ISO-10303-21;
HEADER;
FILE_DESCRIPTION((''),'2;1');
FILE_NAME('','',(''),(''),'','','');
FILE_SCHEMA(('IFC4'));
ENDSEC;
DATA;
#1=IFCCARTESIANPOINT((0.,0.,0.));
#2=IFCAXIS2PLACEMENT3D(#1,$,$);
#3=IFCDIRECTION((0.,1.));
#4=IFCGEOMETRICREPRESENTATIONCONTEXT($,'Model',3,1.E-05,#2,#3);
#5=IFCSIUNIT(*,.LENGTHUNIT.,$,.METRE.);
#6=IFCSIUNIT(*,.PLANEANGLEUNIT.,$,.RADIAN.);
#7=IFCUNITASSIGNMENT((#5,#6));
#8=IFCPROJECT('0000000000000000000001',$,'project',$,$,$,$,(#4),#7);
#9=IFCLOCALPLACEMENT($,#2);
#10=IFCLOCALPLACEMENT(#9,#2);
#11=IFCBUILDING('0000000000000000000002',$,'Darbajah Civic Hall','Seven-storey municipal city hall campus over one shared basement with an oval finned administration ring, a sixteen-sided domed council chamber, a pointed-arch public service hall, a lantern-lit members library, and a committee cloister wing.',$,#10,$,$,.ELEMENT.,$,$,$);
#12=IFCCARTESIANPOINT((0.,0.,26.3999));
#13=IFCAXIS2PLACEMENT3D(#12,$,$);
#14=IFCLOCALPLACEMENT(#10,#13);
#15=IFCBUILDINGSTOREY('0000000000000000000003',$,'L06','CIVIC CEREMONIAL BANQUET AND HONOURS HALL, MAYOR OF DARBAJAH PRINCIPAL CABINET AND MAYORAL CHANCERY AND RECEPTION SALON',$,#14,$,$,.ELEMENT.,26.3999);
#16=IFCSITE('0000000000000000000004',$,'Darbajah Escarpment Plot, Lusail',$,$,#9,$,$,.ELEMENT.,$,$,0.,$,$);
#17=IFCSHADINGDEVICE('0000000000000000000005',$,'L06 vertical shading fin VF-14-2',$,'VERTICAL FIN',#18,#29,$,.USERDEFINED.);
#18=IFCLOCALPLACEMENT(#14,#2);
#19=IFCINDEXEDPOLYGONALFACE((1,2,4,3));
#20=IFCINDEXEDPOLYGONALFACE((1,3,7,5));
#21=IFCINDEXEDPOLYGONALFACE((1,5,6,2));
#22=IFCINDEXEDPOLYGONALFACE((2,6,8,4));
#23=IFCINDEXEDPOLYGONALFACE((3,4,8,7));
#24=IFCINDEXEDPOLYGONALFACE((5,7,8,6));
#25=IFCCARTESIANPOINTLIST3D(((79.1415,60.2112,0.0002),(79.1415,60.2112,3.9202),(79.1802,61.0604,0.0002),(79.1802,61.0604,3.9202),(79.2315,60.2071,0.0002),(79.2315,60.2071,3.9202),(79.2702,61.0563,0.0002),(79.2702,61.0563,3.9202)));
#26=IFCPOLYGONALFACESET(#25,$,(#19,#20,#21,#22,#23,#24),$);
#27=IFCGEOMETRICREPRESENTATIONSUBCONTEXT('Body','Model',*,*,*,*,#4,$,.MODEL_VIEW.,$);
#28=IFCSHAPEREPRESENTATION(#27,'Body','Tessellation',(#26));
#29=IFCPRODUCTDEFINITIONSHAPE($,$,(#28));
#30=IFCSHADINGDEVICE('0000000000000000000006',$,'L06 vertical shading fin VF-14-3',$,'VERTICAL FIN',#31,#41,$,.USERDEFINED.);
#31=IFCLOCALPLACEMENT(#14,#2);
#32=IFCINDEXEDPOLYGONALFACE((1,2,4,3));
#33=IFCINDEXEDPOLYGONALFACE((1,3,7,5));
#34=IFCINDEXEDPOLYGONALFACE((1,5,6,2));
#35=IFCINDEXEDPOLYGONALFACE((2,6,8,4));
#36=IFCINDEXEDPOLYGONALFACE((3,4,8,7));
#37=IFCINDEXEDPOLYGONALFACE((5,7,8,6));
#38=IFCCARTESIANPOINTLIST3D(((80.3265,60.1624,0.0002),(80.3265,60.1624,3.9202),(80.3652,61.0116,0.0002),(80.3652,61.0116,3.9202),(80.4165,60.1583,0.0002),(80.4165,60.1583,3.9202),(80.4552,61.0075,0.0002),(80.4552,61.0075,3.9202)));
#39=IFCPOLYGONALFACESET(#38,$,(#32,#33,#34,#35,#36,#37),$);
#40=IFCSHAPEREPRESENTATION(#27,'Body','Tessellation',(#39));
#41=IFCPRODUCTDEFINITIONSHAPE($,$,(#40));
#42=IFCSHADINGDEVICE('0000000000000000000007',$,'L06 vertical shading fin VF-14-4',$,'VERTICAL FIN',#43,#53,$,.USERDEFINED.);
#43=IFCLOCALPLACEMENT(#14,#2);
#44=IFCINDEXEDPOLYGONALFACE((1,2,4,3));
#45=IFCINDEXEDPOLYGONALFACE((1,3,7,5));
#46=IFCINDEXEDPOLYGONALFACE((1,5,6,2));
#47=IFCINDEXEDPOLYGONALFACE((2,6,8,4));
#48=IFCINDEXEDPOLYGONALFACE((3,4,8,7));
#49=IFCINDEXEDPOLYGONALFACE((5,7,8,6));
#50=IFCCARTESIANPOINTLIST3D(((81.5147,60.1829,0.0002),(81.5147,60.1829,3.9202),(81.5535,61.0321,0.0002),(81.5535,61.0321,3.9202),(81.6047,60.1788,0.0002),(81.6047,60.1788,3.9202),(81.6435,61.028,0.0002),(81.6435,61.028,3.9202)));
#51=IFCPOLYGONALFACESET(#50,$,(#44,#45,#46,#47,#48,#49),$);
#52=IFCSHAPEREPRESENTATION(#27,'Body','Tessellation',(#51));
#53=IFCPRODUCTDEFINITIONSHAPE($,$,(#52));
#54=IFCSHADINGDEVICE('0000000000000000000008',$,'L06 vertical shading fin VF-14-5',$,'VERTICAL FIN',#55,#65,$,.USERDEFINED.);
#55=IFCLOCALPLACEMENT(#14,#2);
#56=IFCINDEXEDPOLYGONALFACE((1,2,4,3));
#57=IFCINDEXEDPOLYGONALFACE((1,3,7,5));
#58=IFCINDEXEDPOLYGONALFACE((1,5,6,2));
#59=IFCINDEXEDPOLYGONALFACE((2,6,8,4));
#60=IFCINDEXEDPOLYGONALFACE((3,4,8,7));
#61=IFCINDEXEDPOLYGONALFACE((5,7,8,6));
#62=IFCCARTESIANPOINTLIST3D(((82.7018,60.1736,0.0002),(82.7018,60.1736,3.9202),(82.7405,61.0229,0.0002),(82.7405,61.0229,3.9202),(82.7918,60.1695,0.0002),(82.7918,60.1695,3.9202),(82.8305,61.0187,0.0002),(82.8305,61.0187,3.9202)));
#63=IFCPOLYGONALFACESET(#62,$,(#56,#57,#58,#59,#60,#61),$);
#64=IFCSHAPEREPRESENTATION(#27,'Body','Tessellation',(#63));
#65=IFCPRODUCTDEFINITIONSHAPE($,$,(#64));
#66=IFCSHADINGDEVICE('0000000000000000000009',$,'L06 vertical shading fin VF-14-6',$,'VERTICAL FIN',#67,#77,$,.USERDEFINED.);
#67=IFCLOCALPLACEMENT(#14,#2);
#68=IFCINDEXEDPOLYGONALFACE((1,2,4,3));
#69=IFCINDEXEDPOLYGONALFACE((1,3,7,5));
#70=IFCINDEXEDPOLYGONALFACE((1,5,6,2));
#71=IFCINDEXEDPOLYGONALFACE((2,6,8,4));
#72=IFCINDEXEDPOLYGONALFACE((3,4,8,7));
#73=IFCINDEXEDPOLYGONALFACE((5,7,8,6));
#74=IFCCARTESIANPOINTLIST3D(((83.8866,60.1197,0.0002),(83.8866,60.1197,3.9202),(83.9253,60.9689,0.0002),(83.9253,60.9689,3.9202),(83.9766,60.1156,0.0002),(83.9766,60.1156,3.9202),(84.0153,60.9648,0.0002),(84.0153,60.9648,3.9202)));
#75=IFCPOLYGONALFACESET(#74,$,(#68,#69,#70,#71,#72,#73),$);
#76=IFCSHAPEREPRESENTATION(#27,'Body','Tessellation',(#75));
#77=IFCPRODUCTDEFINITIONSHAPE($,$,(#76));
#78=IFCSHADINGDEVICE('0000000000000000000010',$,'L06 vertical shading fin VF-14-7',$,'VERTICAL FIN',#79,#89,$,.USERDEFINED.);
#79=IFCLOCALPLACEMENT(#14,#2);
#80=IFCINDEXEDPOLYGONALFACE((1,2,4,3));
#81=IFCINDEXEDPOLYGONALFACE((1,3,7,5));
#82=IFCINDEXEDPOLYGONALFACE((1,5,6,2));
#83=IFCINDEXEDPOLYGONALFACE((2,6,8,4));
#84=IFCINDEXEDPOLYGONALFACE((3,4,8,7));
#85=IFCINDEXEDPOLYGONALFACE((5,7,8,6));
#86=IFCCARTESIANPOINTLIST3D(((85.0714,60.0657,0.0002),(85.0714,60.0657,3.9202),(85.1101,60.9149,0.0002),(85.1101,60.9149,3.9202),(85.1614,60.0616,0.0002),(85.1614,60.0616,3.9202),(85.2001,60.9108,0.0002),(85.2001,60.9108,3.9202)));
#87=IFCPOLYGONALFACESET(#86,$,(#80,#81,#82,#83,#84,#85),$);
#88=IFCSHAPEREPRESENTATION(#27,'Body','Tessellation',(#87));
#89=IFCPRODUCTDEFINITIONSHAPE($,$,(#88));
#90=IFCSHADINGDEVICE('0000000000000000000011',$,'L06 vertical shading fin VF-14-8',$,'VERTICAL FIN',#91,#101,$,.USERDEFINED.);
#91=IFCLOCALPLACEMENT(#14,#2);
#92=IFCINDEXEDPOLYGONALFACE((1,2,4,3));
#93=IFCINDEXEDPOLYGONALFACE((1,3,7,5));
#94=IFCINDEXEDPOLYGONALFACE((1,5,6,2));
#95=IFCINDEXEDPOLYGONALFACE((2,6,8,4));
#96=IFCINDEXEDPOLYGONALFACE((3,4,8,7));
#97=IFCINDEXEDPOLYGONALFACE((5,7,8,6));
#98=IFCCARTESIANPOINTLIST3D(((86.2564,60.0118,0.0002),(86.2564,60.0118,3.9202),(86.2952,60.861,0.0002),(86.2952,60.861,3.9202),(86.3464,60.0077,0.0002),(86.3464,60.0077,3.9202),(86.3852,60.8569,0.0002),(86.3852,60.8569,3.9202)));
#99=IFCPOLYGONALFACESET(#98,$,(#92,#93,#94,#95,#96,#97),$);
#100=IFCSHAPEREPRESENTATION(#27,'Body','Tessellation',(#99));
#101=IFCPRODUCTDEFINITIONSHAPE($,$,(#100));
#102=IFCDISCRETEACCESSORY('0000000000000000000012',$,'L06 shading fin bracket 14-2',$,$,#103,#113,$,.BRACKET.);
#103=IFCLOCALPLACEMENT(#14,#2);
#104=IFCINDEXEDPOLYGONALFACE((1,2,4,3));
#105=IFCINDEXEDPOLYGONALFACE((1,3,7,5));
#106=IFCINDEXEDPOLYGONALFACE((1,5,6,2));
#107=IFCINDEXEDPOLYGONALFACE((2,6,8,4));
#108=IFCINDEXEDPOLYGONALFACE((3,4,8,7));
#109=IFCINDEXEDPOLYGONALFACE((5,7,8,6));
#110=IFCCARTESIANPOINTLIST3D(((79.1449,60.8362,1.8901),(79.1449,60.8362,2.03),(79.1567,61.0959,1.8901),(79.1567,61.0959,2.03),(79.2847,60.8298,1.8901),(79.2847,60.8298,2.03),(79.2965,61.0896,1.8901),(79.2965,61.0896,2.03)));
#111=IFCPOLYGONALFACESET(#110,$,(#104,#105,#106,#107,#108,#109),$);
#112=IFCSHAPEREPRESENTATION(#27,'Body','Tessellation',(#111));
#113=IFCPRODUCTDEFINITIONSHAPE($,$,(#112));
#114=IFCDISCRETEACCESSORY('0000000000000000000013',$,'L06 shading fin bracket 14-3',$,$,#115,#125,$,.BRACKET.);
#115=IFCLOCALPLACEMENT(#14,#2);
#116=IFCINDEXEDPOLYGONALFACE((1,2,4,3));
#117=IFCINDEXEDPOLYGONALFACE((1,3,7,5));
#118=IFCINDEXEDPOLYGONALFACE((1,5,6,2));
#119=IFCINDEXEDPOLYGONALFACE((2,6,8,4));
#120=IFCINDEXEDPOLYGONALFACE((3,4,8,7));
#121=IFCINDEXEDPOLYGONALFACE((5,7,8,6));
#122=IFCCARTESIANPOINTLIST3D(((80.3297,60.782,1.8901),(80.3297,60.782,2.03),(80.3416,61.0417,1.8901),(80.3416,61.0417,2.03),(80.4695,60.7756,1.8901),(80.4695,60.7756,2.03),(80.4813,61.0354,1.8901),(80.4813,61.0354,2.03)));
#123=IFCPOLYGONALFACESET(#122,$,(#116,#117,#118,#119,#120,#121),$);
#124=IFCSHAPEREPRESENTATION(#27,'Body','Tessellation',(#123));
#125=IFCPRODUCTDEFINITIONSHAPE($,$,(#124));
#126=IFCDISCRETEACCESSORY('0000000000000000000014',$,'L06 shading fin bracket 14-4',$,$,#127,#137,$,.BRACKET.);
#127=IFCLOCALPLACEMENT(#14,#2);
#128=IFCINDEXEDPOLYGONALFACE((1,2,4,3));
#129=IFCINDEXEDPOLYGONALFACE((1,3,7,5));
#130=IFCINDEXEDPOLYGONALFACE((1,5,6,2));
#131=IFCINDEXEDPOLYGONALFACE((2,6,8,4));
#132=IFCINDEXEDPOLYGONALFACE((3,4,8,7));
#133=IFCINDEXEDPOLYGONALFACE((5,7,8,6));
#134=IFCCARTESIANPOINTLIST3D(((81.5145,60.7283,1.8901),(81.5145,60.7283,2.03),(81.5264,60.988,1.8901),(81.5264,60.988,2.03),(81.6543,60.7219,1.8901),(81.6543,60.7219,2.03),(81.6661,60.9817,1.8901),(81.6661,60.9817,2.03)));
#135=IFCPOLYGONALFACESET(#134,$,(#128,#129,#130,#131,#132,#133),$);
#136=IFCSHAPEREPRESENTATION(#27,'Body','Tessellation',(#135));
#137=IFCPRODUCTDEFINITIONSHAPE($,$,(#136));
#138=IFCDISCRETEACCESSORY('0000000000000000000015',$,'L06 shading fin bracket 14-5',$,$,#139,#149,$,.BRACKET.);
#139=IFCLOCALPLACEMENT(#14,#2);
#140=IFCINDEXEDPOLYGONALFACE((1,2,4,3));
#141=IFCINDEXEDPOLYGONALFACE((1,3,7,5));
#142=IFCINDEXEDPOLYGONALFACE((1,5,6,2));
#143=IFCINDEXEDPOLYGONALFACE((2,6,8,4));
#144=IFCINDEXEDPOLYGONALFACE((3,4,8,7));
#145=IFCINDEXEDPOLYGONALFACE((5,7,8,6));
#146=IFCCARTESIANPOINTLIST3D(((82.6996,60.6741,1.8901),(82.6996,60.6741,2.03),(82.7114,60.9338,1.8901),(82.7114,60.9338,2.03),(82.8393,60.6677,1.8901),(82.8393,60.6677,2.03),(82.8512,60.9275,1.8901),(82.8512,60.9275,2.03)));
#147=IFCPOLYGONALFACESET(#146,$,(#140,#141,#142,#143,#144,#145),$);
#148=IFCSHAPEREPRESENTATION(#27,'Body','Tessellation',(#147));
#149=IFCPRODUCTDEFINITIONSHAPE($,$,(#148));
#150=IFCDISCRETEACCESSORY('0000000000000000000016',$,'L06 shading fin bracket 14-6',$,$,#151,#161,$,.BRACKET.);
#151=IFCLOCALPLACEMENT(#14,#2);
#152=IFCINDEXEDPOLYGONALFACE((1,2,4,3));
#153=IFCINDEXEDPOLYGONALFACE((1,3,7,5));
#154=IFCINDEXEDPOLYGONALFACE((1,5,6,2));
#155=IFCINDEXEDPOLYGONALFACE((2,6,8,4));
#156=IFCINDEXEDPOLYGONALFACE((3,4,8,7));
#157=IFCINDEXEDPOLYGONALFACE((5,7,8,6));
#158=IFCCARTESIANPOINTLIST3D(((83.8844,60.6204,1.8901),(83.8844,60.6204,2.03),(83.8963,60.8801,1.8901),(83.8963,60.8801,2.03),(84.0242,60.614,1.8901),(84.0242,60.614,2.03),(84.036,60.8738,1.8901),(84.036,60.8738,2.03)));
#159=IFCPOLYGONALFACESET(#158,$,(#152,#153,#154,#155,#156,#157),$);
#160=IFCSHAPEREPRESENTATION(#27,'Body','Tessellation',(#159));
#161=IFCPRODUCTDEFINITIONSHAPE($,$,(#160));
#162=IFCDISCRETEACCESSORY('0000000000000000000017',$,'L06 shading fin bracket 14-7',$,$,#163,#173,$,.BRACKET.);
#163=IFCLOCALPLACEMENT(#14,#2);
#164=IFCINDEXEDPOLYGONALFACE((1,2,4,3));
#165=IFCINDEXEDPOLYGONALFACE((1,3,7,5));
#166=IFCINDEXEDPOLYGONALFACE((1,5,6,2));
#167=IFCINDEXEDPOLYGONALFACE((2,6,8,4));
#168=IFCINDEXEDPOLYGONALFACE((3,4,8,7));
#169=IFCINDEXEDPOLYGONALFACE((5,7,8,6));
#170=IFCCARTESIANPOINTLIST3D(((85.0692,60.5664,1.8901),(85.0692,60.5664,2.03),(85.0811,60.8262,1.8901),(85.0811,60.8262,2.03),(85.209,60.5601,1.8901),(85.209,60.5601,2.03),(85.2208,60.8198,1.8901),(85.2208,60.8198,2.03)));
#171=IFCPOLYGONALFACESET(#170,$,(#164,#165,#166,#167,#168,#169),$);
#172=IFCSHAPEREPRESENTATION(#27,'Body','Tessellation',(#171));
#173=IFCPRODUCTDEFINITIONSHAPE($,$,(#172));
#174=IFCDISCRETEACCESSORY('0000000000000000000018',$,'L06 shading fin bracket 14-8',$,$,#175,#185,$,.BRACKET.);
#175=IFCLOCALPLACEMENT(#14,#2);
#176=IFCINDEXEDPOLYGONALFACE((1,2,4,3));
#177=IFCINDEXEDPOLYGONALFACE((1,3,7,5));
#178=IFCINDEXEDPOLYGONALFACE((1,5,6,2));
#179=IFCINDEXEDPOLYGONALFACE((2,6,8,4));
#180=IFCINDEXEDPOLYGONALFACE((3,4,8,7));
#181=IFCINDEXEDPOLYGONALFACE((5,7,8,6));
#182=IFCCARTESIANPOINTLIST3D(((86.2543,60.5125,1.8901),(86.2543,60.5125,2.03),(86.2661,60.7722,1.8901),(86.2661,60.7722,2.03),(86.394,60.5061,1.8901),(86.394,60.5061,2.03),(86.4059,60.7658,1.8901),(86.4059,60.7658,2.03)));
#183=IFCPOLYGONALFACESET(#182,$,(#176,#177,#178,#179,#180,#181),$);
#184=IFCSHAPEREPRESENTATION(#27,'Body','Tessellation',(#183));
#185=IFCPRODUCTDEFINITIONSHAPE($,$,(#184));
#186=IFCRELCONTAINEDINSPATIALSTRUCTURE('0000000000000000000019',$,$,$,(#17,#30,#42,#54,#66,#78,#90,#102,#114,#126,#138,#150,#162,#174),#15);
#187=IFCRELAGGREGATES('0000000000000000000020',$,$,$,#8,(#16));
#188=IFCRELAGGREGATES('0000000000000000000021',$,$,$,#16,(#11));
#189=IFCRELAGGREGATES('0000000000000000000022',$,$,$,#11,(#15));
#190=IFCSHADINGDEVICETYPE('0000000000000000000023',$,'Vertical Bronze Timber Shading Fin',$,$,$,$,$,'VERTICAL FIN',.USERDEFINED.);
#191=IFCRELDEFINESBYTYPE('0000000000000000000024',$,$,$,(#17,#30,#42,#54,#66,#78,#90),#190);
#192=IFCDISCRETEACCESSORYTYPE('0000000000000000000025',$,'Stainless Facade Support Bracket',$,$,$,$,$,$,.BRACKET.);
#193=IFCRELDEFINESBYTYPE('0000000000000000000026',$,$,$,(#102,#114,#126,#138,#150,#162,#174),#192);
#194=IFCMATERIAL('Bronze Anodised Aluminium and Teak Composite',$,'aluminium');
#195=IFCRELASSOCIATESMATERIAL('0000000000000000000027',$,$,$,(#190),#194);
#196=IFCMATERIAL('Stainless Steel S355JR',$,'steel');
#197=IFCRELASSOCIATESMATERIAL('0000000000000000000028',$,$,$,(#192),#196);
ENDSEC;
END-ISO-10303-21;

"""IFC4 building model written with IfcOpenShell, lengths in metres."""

from ifc_helpers import new_model, si_unit, direction, frame, origin, origin_2d, place, context, subcontext, project, spatial, rectangle, extrude, material, type_object, element, save


model = new_model("IFC4")

# Units and contexts
model_context = context("Model", 3, precision=1e-05, world=origin(), true_north=direction((0.0, 1.0)))
body_context = subcontext(model_context, "Body", "Model", "MODEL_VIEW")
ifc_project = project(units=[si_unit("LENGTHUNIT", "METRE"), si_unit("PLANEANGLEUNIT", "RADIAN")], contexts=[model_context])

# Site, building, storey
site_placement = place(None, origin())
site = spatial("IfcSite", under=ifc_project, at=site_placement, Name="Darbajah Escarpment Plot, Lusail", CompositionType="ELEMENT", RefElevation=0.0)
building_placement = place(site_placement, origin())
building = spatial("IfcBuilding", under=site, at=building_placement, Name="Darbajah Civic Hall", Description="Seven-storey municipal city hall campus over one shared basement with an oval finned administration ring, a sixteen-sided domed council chamber, a pointed-arch public service hall, a lantern-lit members library, and a committee cloister wing.", CompositionType="ELEMENT")
storey_placement = place(building_placement, frame((0.0, 0.0, 26.3999)))
storey = spatial("IfcBuildingStorey", under=building, at=storey_placement, Name="L06", Description="CIVIC CEREMONIAL BANQUET AND HONOURS HALL, MAYOR OF DARBAJAH PRINCIPAL CABINET AND MAYORAL CHANCERY AND RECEPTION SALON", CompositionType="ELEMENT", Elevation=26.3999)

# Shading devices
ifc_material_1 = material(Name="Bronze Anodised Aluminium and Teak Composite", Category="aluminium")
shading_device_type = type_object("IfcShadingDeviceType", Name="Vertical Bronze Timber Shading Fin", ElementType="VERTICAL FIN", PredefinedType="USERDEFINED", material=ifc_material_1)
for number, where, z_axis, x_axis, name in (
    (1, (79.2058, 60.6338, 0.0002), (0.0, 0.0, 1.0), (-0.045537, -0.998963, 0.0), "L06 vertical shading fin VF-14-2"),
    (2, (80.3909, 60.585, 0.0002), (0.0, 0.0, 1.0), (-0.045537, -0.998963, 0.0), "L06 vertical shading fin VF-14-3"),
    (3, (81.5791, 60.6055, 0.0002), (0.0, 0.0, 1.0), (-0.045537, -0.998963, 0.0), "L06 vertical shading fin VF-14-4"),
    (4, (82.7661, 60.5962, 0.0002), (0.0, 0.0, 1.0), (-0.045537, -0.998963, 0.0), "L06 vertical shading fin VF-14-5"),
    (5, (83.9509, 60.5422, 0.0002), (0.0, 0.0, 1.0), (-0.045537, -0.998963, 0.0), "L06 vertical shading fin VF-14-6"),
    (6, (85.1357, 60.4883, 0.0002), (0.0, 0.0, 1.0), (-0.045537, -0.998963, 0.0), "L06 vertical shading fin VF-14-7"),
    (7, (86.3208, 60.4343, 0.0002), (0.0, 0.0, 1.0), (-0.045537, -0.998963, 0.0), "L06 vertical shading fin VF-14-8"),
):
    element("IfcShadingDevice", number, at=place(storey_placement, frame(where, z_axis=z_axis, x_axis=x_axis)), inside=storey, type_object=shading_device_type, Name=name, ObjectType="VERTICAL FIN", PredefinedType="USERDEFINED", context=body_context, shape_type="SweptSolid", body=[
        extrude(rectangle(XDim=0.8501, YDim=0.0901, at=origin_2d()), origin(), (0.0, 0.0, 1.0), 3.9199),
    ])

# Discrete accessories
ifc_material_2 = material(Name="Stainless Steel S355JR", Category="steel")
discrete_accessory_type = type_object("IfcDiscreteAccessoryType", Name="Stainless Facade Support Bracket", PredefinedType="BRACKET", material=ifc_material_2)
for number, where, z_axis, x_axis, name in (
    (8, (79.2207, 60.9629, 1.8901), (0.0, 0.0, 1.0), (-0.045537, -0.998963, 0.0), "L06 shading fin bracket 14-2"),
    (9, (80.4055, 60.9087, 1.8901), (0.0, 0.0, 1.0), (-0.045537, -0.998963, 0.0), "L06 shading fin bracket 14-3"),
    (10, (81.5903, 60.855, 1.8901), (0.0, 0.0, 1.0), (-0.045537, -0.998963, 0.0), "L06 shading fin bracket 14-4"),
    (11, (82.7754, 60.8008, 1.8901), (0.0, 0.0, 1.0), (-0.045537, -0.998963, 0.0), "L06 shading fin bracket 14-5"),
    (12, (83.9602, 60.7471, 1.8901), (0.0, 0.0, 1.0), (-0.045537, -0.998963, 0.0), "L06 shading fin bracket 14-6"),
    (13, (85.145, 60.6931, 1.8901), (0.0, 0.0, 1.0), (-0.045537, -0.998963, 0.0), "L06 shading fin bracket 14-7"),
    (14, (86.3301, 60.6392, 1.8901), (0.0, 0.0, 1.0), (-0.045537, -0.998963, 0.0), "L06 shading fin bracket 14-8"),
):
    element("IfcDiscreteAccessory", number, at=place(storey_placement, frame(where, z_axis=z_axis, x_axis=x_axis)), inside=storey, type_object=discrete_accessory_type, Name=name, PredefinedType="BRACKET", context=body_context, shape_type="SweptSolid", body=[
        extrude(rectangle(XDim=0.26, YDim=0.1399, at=origin_2d()), origin(), (0.0, 0.0, 1.0), 0.1399),
    ])

save(model, "model.ifc")
